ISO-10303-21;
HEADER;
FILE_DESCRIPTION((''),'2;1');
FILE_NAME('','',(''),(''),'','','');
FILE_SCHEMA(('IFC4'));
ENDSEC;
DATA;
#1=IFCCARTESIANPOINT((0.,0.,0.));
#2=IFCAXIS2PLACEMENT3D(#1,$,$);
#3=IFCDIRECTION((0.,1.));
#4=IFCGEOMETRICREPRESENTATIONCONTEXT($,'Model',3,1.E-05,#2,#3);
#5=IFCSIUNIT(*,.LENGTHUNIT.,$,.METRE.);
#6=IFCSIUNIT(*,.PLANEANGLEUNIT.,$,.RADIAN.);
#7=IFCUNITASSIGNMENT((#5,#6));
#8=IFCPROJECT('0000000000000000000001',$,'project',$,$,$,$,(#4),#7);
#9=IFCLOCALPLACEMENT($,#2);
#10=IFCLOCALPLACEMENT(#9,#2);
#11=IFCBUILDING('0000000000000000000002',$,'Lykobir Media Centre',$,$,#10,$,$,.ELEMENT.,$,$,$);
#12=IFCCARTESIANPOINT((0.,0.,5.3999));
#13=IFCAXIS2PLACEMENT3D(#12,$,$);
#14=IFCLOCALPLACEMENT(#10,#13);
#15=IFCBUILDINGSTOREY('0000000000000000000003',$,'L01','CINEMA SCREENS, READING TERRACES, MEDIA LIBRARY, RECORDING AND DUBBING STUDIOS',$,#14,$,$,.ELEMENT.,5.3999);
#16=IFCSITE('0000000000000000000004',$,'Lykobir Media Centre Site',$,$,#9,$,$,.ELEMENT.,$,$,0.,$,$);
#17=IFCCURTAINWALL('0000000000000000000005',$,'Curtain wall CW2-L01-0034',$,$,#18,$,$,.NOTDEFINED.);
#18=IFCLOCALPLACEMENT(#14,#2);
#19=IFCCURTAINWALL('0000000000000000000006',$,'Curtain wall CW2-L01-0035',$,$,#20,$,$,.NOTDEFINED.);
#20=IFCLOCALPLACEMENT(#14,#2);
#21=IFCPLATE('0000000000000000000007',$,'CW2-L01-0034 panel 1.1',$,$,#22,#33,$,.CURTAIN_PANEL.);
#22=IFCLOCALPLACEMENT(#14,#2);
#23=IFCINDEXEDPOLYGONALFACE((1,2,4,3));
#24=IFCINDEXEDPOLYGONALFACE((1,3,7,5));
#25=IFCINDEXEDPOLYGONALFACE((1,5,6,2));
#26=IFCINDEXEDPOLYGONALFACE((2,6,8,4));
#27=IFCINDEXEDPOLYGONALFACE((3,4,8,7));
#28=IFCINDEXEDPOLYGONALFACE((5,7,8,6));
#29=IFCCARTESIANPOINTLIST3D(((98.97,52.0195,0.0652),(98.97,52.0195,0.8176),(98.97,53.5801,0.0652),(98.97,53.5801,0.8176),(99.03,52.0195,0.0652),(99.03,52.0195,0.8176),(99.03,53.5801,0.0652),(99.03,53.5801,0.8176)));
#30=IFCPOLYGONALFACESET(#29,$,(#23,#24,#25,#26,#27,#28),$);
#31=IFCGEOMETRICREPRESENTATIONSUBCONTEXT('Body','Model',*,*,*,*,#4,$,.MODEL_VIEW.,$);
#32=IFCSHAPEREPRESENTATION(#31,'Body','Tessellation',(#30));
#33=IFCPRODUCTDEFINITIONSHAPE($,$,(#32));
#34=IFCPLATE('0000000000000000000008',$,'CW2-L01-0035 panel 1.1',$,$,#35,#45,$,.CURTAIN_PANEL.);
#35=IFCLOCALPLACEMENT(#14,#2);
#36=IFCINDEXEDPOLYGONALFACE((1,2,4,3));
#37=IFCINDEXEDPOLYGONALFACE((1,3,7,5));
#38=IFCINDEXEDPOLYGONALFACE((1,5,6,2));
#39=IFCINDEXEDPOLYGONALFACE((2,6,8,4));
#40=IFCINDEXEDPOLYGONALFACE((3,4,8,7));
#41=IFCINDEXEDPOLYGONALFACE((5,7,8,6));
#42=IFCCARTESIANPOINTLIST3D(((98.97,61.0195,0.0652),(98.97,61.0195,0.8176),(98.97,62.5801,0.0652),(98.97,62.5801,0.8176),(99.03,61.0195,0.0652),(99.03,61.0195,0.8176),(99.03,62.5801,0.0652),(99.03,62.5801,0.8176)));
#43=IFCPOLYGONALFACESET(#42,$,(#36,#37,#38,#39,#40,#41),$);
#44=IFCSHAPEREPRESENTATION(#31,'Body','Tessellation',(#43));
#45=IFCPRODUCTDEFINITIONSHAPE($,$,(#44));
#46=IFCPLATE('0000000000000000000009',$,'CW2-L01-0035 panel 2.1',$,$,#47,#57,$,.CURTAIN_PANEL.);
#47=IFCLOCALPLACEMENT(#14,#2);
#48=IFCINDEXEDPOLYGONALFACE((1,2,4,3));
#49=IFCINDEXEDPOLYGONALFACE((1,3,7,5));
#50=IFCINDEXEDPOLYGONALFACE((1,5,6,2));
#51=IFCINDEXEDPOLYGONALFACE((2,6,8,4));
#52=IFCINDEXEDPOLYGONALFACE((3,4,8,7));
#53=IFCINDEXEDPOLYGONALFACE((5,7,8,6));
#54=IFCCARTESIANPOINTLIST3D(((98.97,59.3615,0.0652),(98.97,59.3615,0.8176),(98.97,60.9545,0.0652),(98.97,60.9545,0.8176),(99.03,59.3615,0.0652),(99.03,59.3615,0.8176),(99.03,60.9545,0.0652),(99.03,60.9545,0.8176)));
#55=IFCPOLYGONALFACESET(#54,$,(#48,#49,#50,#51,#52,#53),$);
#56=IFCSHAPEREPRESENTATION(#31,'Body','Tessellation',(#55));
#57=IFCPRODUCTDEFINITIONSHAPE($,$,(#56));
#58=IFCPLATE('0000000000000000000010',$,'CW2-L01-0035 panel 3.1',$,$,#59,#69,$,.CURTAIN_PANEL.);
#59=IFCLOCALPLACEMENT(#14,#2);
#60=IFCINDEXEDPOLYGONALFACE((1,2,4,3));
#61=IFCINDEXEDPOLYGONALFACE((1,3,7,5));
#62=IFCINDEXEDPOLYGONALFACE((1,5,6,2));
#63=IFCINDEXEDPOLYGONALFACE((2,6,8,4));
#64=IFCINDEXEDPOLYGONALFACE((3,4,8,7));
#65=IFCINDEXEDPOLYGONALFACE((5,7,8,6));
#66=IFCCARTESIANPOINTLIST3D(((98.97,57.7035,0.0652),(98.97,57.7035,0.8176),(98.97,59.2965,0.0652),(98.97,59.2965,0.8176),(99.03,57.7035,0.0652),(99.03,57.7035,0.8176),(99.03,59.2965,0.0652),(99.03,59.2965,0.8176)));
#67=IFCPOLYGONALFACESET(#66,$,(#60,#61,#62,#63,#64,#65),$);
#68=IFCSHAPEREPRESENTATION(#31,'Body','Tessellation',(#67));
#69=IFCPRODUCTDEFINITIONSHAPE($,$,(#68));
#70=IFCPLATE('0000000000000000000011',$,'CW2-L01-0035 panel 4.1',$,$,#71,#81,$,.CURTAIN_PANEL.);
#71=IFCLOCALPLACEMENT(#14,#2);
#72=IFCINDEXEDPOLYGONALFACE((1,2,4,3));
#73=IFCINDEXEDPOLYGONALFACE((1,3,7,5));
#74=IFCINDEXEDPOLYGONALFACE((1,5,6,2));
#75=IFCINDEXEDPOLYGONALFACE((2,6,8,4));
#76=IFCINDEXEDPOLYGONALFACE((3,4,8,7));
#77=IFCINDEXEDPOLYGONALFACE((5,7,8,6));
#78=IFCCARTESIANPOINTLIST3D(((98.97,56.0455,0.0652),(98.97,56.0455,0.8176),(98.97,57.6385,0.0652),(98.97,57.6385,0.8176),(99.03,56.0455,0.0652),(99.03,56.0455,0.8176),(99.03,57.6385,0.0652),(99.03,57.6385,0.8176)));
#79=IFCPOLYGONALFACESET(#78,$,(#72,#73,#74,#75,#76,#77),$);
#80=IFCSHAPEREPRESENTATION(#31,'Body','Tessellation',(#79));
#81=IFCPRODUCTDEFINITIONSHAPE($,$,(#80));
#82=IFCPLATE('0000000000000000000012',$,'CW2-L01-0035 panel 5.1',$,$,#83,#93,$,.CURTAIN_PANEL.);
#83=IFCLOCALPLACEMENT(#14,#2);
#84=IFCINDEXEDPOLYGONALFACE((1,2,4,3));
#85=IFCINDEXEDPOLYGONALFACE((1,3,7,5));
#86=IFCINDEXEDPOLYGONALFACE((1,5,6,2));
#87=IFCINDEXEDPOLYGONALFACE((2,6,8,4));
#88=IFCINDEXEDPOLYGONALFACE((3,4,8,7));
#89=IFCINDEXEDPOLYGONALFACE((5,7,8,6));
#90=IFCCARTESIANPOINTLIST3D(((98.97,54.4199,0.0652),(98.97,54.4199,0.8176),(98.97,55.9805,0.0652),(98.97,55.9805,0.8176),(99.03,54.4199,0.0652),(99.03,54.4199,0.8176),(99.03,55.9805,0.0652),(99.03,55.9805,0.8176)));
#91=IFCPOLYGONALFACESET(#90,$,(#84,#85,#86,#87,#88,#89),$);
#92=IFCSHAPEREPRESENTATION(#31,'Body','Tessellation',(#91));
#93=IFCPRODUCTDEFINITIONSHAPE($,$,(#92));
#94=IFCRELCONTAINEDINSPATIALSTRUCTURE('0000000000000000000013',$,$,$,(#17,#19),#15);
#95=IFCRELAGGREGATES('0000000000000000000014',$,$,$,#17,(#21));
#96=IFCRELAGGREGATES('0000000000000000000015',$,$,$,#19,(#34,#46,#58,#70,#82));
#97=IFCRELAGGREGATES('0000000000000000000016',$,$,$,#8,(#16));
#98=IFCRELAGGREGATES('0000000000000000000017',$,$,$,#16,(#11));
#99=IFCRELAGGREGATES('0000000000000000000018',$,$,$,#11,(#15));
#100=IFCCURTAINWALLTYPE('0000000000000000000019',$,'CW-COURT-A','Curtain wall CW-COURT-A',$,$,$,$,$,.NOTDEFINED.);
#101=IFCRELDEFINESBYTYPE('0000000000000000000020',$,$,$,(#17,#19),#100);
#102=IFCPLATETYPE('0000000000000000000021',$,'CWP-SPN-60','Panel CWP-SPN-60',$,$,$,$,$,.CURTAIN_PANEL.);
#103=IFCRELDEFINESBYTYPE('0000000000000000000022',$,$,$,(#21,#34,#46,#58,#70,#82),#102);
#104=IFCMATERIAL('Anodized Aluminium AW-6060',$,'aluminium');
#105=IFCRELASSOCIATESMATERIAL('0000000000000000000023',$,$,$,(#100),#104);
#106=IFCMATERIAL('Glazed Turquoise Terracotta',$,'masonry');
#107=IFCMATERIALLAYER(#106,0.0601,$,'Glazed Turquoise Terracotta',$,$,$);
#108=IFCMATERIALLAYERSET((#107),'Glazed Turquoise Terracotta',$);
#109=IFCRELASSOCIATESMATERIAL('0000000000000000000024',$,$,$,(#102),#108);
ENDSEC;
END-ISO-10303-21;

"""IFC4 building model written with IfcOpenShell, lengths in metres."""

from ifc_helpers import new_model, si_unit, direction, frame, origin, origin_2d, place, context, subcontext, project, spatial, rectangle, extrude, material, layer, layer_set, type_object, element, aggregate, save


model = new_model("IFC4")

# Units and contexts
model_context = context("Model", 3, precision=1e-05, world=origin(), true_north=direction((0.0, 1.0)))
body_context = subcontext(model_context, "Body", "Model", "MODEL_VIEW")
ifc_project = project(units=[si_unit("LENGTHUNIT", "METRE"), si_unit("PLANEANGLEUNIT", "RADIAN")], contexts=[model_context])

# Site, building, storey
site_placement = place(None, origin())
site = spatial("IfcSite", under=ifc_project, at=site_placement, Name="Lykobir Media Centre Site", CompositionType="ELEMENT", RefElevation=0.0)
building_placement = place(site_placement, origin())
building = spatial("IfcBuilding", under=site, at=building_placement, Name="Lykobir Media Centre", CompositionType="ELEMENT")
storey_placement = place(building_placement, frame((0.0, 0.0, 5.3999)))
storey = spatial("IfcBuildingStorey", under=building, at=storey_placement, Name="L01", Description="CINEMA SCREENS, READING TERRACES, MEDIA LIBRARY, RECORDING AND DUBBING STUDIOS", CompositionType="ELEMENT", Elevation=5.3999)

# Curtain walls
ifc_material_1 = material(Name="Anodized Aluminium AW-6060", Category="aluminium")
curtain_wall_type = type_object("IfcCurtainWallType", Name="CW-COURT-A", Description="Curtain wall CW-COURT-A", PredefinedType="NOTDEFINED", material=ifc_material_1)
curtain_wall_1_placement = place(storey_placement, origin())
curtain_wall_1 = element("IfcCurtainWall", 1, at=curtain_wall_1_placement, inside=storey, type_object=curtain_wall_type, Name="Curtain wall CW2-L01-0034", PredefinedType="NOTDEFINED")
curtain_wall_2_placement = place(storey_placement, origin())
curtain_wall_2 = element("IfcCurtainWall", 2, at=curtain_wall_2_placement, inside=storey, type_object=curtain_wall_type, Name="Curtain wall CW2-L01-0035", PredefinedType="NOTDEFINED")

# Plates
ifc_material_2 = material(Name="Glazed Turquoise Terracotta", Category="masonry")
ifc_layer_1 = layer(ifc_material_2, 0.0601, Name="Glazed Turquoise Terracotta")
ifc_layer_set_1 = layer_set([ifc_layer_1], Name="Glazed Turquoise Terracotta")
plate_type_1 = type_object("IfcPlateType", Name="CWP-SPN-60", Description="Panel CWP-SPN-60", PredefinedType="CURTAIN_PANEL", material=ifc_layer_set_1)
plate_1_placement = place(storey_placement, frame((99.0, 52.7998, 0.0652), z_axis=(0.0, 0.0, 1.0), x_axis=(0.0, -1.0, 0.0)))
plate_1 = element("IfcPlate", 3, at=plate_1_placement, type_object=plate_type_1, Name="CW2-L01-0034 panel 1.1", PredefinedType="CURTAIN_PANEL", context=body_context, shape_type="SweptSolid", body=[
    extrude(rectangle(XDim=1.5605, YDim=0.0601, at=origin_2d()), origin(), (0.0, 0.0, 1.0), 0.7524),
])
aggregate(curtain_wall_1, [plate_1])
plate_2_placement = place(storey_placement, frame((99.0, 61.7998, 0.0652), z_axis=(0.0, 0.0, 1.0), x_axis=(0.0, -1.0, 0.0)))
plate_2 = element("IfcPlate", 4, at=plate_2_placement, type_object=plate_type_1, Name="CW2-L01-0035 panel 1.1", PredefinedType="CURTAIN_PANEL", context=body_context, shape_type="SweptSolid", body=[
    extrude(rectangle(XDim=1.5605, YDim=0.0601, at=origin_2d()), origin(), (0.0, 0.0, 1.0), 0.7524),
])
plate_3_placement = place(storey_placement, frame((99.0, 60.158, 0.0652), z_axis=(0.0, 0.0, 1.0), x_axis=(0.0, -1.0, 0.0)))
plate_3 = element("IfcPlate", 5, at=plate_3_placement, type_object=plate_type_1, Name="CW2-L01-0035 panel 2.1", PredefinedType="CURTAIN_PANEL", context=body_context, shape_type="SweptSolid", body=[
    extrude(rectangle(XDim=1.593, YDim=0.0601, at=origin_2d()), origin(), (0.0, 0.0, 1.0), 0.7524),
])
plate_4_placement = place(storey_placement, frame((99.0, 58.5, 0.0652), z_axis=(0.0, 0.0, 1.0), x_axis=(0.0, -1.0, 0.0)))
plate_4 = element("IfcPlate", 6, at=plate_4_placement, type_object=plate_type_1, Name="CW2-L01-0035 panel 3.1", PredefinedType="CURTAIN_PANEL", context=body_context, shape_type="SweptSolid", body=[
    extrude(rectangle(XDim=1.593, YDim=0.0601, at=origin_2d()), origin(), (0.0, 0.0, 1.0), 0.7524),
])
plate_5_placement = place(storey_placement, frame((99.0, 56.842, 0.0652), z_axis=(0.0, 0.0, 1.0), x_axis=(0.0, -1.0, 0.0)))
plate_5 = element("IfcPlate", 7, at=plate_5_placement, type_object=plate_type_1, Name="CW2-L01-0035 panel 4.1", PredefinedType="CURTAIN_PANEL", context=body_context, shape_type="SweptSolid", body=[
    extrude(rectangle(XDim=1.593, YDim=0.0601, at=origin_2d()), origin(), (0.0, 0.0, 1.0), 0.7524),
])
plate_6_placement = place(storey_placement, frame((99.0, 55.2002, 0.0652), z_axis=(0.0, 0.0, 1.0), x_axis=(0.0, -1.0, 0.0)))
plate_6 = element("IfcPlate", 8, at=plate_6_placement, type_object=plate_type_1, Name="CW2-L01-0035 panel 5.1", PredefinedType="CURTAIN_PANEL", context=body_context, shape_type="SweptSolid", body=[
    extrude(rectangle(XDim=1.5605, YDim=0.0601, at=origin_2d()), origin(), (0.0, 0.0, 1.0), 0.7524),
])
aggregate(curtain_wall_2, [plate_2, plate_3, plate_4, plate_5, plate_6])

save(model, "model.ifc")
